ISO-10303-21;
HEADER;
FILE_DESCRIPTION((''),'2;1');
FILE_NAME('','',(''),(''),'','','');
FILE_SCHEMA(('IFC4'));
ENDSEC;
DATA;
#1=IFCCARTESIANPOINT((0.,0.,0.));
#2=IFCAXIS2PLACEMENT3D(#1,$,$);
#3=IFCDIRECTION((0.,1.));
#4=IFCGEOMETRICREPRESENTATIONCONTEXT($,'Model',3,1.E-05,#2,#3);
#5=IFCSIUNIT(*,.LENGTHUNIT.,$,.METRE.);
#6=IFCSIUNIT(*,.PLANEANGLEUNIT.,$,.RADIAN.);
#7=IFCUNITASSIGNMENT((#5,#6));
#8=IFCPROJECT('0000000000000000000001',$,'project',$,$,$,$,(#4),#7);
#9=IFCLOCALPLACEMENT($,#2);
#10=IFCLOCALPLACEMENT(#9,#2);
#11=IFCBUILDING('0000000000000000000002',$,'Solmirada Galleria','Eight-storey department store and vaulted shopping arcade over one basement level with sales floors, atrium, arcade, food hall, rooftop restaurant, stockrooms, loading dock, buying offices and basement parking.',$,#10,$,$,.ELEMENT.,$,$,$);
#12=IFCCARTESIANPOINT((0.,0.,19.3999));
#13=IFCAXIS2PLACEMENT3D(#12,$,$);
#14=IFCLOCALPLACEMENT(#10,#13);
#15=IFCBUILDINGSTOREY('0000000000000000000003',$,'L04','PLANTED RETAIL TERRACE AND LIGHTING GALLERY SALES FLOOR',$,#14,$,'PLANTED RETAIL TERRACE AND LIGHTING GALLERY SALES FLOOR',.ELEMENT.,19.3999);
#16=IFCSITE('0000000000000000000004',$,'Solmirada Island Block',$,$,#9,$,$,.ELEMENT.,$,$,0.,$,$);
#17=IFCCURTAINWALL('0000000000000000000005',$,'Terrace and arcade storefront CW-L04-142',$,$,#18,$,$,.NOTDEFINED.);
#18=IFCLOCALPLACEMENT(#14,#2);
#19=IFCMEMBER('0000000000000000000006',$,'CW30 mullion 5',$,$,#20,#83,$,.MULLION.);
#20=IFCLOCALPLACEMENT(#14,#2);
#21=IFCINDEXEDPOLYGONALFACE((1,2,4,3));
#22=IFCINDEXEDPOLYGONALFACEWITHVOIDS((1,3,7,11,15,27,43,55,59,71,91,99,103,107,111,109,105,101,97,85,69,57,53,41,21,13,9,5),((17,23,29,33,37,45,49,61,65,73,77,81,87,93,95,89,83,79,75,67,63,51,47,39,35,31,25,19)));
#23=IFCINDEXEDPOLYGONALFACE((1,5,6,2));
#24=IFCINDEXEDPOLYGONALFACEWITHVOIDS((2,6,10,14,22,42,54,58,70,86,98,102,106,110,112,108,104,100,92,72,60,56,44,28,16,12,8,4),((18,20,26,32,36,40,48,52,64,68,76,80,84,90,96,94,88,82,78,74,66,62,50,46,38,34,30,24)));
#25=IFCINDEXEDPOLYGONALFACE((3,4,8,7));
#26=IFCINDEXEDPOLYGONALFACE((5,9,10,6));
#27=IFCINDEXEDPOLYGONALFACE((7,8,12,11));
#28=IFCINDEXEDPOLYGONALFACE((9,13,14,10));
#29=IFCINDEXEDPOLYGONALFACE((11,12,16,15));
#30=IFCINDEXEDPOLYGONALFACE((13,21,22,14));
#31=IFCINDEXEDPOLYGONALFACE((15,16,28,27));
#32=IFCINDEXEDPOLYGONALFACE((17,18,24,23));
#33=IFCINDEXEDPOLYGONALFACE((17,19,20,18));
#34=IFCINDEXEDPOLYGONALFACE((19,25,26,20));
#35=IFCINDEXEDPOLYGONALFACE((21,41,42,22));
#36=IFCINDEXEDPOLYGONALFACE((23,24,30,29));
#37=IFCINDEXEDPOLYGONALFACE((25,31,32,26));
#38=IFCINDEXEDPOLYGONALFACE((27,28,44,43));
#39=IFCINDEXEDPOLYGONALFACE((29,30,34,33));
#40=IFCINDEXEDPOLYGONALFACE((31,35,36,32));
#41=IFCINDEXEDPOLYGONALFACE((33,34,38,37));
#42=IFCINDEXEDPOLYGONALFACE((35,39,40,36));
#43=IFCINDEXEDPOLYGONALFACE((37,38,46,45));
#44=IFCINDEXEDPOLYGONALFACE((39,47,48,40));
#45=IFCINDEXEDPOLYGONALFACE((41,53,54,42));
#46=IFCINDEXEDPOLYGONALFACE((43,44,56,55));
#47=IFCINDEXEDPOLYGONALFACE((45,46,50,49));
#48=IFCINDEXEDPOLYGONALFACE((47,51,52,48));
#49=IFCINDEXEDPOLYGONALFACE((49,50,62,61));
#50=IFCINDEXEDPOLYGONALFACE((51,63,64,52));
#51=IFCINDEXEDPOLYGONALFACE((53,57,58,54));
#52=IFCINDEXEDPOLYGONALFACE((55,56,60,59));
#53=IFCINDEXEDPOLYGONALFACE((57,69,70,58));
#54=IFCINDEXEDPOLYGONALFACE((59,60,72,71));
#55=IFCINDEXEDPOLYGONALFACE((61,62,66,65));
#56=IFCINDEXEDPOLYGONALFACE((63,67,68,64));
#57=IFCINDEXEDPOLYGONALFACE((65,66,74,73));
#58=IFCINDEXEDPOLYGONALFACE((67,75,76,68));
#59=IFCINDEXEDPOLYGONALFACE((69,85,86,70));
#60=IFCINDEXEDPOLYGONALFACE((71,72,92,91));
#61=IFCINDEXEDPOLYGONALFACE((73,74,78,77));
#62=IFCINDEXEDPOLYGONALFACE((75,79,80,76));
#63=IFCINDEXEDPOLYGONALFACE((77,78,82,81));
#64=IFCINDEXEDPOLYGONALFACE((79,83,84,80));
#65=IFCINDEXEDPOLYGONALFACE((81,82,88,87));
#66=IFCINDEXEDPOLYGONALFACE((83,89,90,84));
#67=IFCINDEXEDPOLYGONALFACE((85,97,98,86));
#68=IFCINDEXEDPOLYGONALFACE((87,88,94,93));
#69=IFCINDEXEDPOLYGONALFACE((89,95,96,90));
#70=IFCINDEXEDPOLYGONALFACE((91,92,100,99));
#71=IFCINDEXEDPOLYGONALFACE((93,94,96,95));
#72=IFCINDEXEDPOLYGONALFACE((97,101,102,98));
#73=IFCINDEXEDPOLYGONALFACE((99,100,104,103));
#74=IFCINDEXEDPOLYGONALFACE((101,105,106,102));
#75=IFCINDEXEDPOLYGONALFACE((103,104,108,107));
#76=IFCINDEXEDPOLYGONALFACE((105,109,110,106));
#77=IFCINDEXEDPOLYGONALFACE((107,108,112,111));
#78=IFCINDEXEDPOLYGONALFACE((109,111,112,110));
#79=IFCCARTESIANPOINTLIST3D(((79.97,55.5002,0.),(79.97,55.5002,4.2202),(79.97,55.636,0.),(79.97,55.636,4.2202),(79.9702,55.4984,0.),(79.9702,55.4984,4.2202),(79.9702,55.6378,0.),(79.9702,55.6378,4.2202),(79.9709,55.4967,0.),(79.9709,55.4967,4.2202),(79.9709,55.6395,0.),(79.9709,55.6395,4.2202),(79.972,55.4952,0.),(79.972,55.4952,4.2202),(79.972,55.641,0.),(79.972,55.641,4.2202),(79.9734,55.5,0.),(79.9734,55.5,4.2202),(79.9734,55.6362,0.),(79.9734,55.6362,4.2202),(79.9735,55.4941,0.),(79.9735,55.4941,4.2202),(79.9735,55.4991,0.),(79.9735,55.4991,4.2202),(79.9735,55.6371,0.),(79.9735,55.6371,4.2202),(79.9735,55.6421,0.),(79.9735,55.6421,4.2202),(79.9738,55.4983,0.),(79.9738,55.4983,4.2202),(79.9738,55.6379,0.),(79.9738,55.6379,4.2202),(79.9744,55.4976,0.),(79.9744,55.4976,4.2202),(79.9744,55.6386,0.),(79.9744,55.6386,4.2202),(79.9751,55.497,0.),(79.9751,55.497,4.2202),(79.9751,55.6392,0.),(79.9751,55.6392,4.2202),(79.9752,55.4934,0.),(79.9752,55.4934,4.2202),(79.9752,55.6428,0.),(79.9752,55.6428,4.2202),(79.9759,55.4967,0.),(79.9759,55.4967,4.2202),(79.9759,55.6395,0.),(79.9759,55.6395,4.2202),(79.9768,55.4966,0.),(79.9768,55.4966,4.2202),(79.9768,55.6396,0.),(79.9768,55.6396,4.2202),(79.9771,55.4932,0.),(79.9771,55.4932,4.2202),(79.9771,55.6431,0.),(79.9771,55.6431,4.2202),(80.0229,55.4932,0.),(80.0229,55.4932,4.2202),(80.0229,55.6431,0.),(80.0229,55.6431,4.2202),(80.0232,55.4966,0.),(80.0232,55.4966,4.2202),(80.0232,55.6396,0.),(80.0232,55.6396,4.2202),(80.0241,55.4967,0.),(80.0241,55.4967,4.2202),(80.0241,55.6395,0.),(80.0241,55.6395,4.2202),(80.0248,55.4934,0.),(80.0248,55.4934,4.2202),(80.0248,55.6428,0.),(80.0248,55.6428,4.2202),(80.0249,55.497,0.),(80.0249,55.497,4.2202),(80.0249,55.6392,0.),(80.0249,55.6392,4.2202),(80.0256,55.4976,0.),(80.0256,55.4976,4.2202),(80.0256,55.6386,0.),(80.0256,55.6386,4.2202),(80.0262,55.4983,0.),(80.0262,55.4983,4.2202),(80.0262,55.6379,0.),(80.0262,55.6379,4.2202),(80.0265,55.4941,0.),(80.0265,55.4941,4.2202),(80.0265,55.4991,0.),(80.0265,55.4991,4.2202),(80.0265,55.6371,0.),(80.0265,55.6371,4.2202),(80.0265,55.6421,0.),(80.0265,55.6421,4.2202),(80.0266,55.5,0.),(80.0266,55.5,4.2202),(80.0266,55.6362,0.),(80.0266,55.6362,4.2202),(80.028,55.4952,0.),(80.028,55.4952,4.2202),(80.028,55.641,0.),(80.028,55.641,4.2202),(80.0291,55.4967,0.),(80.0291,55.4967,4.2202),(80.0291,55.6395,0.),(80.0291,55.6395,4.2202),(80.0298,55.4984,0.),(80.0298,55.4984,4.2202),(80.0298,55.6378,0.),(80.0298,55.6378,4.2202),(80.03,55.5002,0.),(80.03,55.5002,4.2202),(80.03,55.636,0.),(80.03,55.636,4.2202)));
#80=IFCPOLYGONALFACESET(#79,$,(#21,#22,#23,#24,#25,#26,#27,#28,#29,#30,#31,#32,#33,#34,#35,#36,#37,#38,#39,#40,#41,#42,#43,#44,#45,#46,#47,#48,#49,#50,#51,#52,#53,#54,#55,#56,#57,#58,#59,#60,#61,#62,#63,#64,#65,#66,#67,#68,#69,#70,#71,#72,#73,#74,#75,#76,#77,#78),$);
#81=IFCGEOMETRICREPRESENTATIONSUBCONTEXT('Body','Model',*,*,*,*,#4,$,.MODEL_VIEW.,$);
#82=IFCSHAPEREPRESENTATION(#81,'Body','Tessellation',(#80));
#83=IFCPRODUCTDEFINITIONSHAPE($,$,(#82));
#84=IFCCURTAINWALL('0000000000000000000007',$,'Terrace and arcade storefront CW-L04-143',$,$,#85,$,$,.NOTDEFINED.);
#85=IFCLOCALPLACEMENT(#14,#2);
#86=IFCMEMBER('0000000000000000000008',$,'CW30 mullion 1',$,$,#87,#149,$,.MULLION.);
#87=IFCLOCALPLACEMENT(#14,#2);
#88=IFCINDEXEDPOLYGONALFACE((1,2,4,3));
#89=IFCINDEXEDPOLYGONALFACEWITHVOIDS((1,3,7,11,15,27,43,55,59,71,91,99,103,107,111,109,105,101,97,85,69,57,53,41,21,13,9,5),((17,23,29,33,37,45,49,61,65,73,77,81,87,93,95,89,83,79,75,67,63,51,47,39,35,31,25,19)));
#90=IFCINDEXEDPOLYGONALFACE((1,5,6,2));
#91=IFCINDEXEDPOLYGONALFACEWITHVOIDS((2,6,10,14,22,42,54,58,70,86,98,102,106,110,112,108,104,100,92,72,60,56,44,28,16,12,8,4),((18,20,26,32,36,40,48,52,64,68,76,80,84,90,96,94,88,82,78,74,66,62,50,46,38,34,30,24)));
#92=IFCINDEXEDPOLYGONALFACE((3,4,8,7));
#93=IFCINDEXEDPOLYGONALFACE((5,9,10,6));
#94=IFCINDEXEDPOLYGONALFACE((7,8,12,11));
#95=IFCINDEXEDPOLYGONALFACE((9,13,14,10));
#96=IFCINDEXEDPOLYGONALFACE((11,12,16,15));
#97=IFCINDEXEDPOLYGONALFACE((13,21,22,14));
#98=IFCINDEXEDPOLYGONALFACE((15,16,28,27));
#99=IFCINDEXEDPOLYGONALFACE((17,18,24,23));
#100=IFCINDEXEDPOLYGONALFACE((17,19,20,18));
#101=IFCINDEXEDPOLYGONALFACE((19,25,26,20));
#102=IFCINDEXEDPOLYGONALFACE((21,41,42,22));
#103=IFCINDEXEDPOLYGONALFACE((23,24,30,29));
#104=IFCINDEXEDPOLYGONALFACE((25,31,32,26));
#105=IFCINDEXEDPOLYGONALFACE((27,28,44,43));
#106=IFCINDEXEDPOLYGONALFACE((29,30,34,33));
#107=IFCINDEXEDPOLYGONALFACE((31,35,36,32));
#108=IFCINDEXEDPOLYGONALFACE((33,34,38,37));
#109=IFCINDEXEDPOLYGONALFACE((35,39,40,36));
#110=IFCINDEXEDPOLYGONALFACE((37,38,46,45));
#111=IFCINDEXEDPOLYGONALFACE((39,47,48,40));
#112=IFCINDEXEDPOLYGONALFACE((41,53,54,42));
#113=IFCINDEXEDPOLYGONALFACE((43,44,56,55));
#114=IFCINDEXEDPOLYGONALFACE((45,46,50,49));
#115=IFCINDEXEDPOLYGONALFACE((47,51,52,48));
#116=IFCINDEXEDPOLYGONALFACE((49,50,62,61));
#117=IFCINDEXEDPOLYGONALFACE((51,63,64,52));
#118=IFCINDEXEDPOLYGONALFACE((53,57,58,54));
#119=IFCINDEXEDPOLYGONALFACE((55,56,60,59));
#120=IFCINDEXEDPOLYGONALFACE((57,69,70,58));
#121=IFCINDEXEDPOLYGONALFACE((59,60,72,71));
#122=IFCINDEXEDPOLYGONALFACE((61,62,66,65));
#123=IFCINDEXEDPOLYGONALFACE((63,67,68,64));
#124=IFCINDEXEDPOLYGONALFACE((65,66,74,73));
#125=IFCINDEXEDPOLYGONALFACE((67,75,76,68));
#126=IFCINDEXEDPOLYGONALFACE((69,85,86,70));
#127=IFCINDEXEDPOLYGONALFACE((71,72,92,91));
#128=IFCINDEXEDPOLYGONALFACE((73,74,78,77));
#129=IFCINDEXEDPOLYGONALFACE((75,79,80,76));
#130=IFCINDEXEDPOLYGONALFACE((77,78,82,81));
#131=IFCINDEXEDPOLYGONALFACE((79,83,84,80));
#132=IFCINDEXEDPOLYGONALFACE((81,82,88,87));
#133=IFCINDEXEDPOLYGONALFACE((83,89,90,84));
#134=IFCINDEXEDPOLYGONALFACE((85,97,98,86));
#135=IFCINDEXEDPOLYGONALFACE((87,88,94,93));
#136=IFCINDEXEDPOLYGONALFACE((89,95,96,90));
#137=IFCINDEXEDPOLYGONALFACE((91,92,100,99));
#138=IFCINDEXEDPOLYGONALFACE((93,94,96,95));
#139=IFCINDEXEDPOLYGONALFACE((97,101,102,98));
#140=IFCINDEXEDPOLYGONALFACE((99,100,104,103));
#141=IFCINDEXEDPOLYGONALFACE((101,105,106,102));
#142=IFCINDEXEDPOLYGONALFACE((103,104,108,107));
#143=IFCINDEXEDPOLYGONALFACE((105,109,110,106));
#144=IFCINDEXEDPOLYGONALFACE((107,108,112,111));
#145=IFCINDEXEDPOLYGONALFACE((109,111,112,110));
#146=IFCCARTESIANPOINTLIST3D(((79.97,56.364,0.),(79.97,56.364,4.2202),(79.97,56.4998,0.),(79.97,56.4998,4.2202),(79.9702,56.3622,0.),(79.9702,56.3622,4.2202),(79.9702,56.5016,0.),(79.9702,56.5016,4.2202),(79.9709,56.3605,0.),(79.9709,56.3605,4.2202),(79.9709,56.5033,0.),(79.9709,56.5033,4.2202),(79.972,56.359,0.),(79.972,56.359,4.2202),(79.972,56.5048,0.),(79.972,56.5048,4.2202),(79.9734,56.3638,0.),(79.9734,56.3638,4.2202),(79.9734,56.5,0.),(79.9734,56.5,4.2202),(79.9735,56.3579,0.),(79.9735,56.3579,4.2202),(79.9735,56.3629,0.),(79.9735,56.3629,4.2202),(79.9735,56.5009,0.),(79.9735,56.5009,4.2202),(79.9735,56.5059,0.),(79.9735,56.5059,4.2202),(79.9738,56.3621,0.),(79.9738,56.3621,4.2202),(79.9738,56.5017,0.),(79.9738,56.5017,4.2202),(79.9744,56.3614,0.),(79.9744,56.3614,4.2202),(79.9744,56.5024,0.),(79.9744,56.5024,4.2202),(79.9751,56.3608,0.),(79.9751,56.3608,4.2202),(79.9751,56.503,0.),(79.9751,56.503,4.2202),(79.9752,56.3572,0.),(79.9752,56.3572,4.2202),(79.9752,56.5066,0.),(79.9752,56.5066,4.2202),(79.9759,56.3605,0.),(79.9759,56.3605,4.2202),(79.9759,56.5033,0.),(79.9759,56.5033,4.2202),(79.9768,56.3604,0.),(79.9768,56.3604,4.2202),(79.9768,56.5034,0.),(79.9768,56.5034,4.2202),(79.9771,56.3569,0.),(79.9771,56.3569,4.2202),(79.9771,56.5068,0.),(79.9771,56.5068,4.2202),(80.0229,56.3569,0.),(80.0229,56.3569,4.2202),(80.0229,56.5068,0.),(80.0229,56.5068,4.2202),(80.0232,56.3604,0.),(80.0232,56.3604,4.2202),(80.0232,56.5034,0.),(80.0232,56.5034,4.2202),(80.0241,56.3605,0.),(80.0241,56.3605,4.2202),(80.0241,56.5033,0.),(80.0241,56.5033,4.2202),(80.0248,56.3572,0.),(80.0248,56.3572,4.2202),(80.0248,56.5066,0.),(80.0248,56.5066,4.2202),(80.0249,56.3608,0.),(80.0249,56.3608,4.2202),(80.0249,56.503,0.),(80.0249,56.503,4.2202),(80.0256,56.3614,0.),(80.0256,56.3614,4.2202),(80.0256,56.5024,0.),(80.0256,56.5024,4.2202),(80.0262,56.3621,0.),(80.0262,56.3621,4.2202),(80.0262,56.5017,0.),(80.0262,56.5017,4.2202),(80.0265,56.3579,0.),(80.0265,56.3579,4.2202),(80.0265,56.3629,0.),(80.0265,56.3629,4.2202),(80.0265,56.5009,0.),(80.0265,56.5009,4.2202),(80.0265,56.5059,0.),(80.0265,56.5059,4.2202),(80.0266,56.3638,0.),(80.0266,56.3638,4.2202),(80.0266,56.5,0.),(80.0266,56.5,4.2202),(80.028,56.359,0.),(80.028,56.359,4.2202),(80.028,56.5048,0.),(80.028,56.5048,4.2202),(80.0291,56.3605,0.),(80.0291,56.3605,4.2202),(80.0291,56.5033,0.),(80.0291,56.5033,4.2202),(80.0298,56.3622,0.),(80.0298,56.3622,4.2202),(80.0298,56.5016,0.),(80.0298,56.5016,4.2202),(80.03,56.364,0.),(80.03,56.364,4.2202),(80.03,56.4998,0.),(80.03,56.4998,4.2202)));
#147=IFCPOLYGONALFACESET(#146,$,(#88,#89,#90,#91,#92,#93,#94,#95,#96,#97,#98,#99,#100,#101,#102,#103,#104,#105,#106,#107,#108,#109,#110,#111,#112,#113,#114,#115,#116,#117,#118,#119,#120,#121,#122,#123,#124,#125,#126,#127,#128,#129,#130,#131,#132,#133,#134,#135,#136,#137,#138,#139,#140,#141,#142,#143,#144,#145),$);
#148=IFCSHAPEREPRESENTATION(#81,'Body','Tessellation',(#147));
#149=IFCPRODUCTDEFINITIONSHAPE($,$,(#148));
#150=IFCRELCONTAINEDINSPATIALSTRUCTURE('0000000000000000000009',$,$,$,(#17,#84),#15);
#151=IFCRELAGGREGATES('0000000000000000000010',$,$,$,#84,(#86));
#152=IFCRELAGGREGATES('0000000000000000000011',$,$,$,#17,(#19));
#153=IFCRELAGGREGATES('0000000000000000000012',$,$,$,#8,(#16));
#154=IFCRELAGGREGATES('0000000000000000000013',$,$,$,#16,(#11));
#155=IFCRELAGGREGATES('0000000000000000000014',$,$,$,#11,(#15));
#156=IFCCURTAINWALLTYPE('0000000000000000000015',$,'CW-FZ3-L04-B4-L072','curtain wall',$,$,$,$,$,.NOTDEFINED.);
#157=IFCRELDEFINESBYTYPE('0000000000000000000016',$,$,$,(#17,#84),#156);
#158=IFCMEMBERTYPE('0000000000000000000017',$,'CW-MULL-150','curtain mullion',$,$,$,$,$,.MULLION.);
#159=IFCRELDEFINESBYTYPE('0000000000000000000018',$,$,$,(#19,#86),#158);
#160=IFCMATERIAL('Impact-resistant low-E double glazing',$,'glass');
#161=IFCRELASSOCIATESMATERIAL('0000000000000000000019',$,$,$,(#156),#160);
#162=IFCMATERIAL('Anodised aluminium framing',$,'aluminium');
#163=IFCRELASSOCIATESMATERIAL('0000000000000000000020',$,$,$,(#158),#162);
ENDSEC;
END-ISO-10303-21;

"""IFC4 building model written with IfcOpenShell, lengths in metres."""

from ifc_helpers import new_model, si_unit, direction, frame, origin, origin_2d, place, context, subcontext, project, spatial, hollow_rectangle, extrude, material, material_profile, profile_set, type_object, element, aggregate, save


model = new_model("IFC4")

# Units and contexts
model_context = context("Model", 3, precision=1e-05, world=origin(), true_north=direction((0.0, 1.0)))
body_context = subcontext(model_context, "Body", "Model", "MODEL_VIEW")
ifc_project = project(units=[si_unit("LENGTHUNIT", "METRE"), si_unit("PLANEANGLEUNIT", "RADIAN")], contexts=[model_context])

# Site, building, storey
site_placement = place(None, origin())
site = spatial("IfcSite", under=ifc_project, at=site_placement, Name="Solmirada Island Block", CompositionType="ELEMENT", RefElevation=0.0)
building_placement = place(site_placement, origin())
building = spatial("IfcBuilding", under=site, at=building_placement, Name="Solmirada Galleria", Description="Eight-storey department store and vaulted shopping arcade over one basement level with sales floors, atrium, arcade, food hall, rooftop restaurant, stockrooms, loading dock, buying offices and basement parking.", CompositionType="ELEMENT")
storey_placement = place(building_placement, frame((0.0, 0.0, 19.3999)))
storey = spatial("IfcBuildingStorey", under=building, at=storey_placement, Name="L04", Description="PLANTED RETAIL TERRACE AND LIGHTING GALLERY SALES FLOOR", LongName="PLANTED RETAIL TERRACE AND LIGHTING GALLERY SALES FLOOR", CompositionType="ELEMENT", Elevation=19.3999)

# Curtain wall, member
ifc_material_1 = material(Name="Impact-resistant low-E double glazing", Category="glass")
curtain_wall_type = type_object("IfcCurtainWallType", Name="CW-FZ3-L04-B4-L072", Description="curtain wall", PredefinedType="NOTDEFINED", material=ifc_material_1)
curtain_wall_1_placement = place(storey_placement, origin())
curtain_wall_1 = element("IfcCurtainWall", 1, at=curtain_wall_1_placement, inside=storey, type_object=curtain_wall_type, Name="Terrace and arcade storefront CW-L04-142", PredefinedType="NOTDEFINED")
ifc_material_2 = material(Name="Anodised aluminium framing", Category="aluminium")
ifc_material_profile_1 = material_profile(ifc_material_2, hollow_rectangle(XDim=0.0601, YDim=0.1499, WallThickness=0.0034, InnerFilletRadius=0.0034, OuterFilletRadius=0.0071, at=origin_2d()), Name="ALU-MULL-150X60")
ifc_profile_set_1 = profile_set([ifc_material_profile_1], Name="Anodised aluminium framing")
member_type_1 = type_object("IfcMemberType", Name="CW-MULL-150", Description="curtain mullion", PredefinedType="MULLION", material=ifc_profile_set_1)
member_1_placement = place(storey_placement, frame((80.0, 55.5681, 0.0), z_axis=(0.0, 0.0, 1.0), x_axis=(-1.0, 0.0, 0.0)))
member_1 = element("IfcMember", 2, at=member_1_placement, type_object=member_type_1, Name="CW30 mullion 5", PredefinedType="MULLION", context=body_context, shape_type="SweptSolid", body=[
    extrude(hollow_rectangle(XDim=0.0601, YDim=0.1499, WallThickness=0.0034, InnerFilletRadius=0.0034, OuterFilletRadius=0.0071, at=origin_2d()), origin(), (0.0, 0.0, 1.0), 4.2202),
])

# Curtain wall, member
curtain_wall_2_placement = place(storey_placement, origin())
curtain_wall_2 = element("IfcCurtainWall", 3, at=curtain_wall_2_placement, inside=storey, type_object=curtain_wall_type, Name="Terrace and arcade storefront CW-L04-143", PredefinedType="NOTDEFINED")
member_2_placement = place(storey_placement, frame((80.0, 56.4319, 0.0), z_axis=(0.0, 0.0, 1.0), x_axis=(-1.0, 0.0, 0.0)))
member_2 = element("IfcMember", 4, at=member_2_placement, type_object=member_type_1, Name="CW30 mullion 1", PredefinedType="MULLION", context=body_context, shape_type="SweptSolid", body=[
    extrude(hollow_rectangle(XDim=0.0601, YDim=0.1499, WallThickness=0.0034, InnerFilletRadius=0.0034, OuterFilletRadius=0.0071, at=origin_2d()), origin(), (0.0, 0.0, 1.0), 4.2202),
])

aggregate(curtain_wall_2, [member_2])

aggregate(curtain_wall_1, [member_1])

save(model, "model.ifc")
